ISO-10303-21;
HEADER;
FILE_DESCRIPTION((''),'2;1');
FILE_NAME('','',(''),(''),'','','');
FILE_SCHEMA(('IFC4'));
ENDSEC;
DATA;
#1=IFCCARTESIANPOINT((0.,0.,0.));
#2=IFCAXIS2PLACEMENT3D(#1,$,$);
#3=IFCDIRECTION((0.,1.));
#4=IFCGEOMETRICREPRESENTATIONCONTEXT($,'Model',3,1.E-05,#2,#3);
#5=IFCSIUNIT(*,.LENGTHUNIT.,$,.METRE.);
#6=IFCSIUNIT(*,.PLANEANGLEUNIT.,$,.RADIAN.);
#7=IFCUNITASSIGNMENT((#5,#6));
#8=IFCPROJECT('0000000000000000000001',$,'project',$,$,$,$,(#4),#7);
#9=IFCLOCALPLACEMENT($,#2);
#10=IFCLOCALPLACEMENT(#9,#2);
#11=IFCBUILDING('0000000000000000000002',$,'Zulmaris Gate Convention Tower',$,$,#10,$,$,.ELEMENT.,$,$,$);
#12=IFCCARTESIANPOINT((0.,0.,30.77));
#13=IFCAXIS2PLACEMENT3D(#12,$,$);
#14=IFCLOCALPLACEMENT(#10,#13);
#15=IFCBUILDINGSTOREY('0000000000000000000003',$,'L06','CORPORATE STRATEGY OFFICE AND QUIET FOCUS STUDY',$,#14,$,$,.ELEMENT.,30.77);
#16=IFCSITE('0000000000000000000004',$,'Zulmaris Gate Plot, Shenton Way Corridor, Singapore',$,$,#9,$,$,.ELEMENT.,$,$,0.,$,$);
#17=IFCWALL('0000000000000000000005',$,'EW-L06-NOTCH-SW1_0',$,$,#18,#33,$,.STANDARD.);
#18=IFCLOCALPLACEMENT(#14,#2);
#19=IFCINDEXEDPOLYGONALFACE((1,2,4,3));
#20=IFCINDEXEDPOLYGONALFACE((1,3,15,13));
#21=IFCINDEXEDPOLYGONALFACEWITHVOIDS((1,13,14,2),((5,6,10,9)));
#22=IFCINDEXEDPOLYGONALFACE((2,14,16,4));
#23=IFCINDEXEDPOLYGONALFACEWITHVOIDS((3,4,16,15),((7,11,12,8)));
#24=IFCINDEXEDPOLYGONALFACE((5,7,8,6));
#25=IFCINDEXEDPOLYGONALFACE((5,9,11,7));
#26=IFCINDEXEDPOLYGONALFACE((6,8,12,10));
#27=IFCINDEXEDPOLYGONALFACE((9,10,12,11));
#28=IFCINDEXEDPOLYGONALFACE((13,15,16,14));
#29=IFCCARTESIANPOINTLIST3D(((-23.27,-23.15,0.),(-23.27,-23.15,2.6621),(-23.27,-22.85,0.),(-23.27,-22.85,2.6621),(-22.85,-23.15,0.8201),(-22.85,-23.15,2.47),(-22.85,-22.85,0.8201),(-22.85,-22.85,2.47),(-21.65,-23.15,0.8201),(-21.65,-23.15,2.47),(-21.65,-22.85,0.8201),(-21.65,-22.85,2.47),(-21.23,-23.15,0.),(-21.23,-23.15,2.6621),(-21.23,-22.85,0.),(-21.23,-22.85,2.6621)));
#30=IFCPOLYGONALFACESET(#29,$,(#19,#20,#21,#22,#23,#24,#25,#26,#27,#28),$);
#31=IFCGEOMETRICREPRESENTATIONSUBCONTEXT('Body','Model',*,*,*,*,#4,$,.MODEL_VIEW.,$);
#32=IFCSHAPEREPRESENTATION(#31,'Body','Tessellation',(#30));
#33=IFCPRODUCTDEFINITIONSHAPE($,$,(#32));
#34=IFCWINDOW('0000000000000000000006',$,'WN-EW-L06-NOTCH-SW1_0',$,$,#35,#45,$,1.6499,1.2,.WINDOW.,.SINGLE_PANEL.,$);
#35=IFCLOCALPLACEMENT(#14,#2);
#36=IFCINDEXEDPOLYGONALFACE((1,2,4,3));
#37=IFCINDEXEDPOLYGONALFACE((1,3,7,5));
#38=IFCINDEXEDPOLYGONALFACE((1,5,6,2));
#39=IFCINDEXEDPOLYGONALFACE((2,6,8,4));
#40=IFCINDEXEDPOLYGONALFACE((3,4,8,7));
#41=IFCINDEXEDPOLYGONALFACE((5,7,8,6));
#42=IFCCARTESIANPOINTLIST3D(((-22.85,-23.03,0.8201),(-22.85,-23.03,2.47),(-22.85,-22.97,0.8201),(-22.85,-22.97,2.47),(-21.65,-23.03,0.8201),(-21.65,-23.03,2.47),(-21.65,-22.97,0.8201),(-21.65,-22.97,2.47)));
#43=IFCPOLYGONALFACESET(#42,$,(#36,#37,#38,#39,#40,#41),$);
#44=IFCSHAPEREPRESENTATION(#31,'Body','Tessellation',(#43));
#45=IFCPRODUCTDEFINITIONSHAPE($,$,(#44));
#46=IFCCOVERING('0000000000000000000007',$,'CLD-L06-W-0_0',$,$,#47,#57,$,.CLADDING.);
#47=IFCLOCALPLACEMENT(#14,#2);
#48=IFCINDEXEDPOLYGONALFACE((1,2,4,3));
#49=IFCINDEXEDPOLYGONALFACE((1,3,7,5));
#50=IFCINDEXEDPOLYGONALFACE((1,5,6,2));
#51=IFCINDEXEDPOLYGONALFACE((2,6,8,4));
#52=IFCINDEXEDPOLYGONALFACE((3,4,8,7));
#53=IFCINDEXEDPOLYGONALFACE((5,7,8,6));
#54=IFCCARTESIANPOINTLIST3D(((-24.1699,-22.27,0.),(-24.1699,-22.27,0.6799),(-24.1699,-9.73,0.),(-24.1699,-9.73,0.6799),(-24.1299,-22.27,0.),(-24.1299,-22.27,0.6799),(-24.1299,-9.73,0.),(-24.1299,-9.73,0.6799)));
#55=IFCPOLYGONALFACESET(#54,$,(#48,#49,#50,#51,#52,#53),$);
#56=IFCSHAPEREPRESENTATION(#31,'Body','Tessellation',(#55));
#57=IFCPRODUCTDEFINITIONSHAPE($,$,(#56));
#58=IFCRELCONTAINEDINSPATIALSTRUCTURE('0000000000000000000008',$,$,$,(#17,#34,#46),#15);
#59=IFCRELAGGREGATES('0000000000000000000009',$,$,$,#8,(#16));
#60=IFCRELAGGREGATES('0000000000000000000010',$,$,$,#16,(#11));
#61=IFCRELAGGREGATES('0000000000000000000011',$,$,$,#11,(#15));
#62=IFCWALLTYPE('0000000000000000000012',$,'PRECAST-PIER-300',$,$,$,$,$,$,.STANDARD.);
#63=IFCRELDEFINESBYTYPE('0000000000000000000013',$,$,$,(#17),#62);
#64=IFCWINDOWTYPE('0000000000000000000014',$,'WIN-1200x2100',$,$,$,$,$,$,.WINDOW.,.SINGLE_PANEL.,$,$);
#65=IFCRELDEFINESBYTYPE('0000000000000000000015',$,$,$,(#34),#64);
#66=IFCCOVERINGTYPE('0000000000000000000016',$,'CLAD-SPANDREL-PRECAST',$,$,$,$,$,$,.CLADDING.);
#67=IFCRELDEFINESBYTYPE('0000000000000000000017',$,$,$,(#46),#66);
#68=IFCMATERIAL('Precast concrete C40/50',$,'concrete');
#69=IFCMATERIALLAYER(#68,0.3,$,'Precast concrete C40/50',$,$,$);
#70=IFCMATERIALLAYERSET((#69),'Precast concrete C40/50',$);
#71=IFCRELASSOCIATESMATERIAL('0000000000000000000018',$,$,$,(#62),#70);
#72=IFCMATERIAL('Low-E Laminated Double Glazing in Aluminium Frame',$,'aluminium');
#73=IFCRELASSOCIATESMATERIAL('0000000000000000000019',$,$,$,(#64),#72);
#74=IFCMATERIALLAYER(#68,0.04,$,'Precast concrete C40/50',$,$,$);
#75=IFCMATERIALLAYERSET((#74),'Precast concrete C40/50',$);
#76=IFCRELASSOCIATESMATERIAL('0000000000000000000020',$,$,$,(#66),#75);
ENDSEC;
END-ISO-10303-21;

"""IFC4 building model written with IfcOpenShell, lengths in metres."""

from ifc_helpers import new_model, si_unit, direction, frame, frame_2d, origin, place, context, subcontext, project, spatial, rectangle, extrude, material, layer, layer_set, type_object, element, fill, save


model = new_model("IFC4")

# Units and contexts
model_context = context("Model", 3, precision=1e-05, world=origin(), true_north=direction((0.0, 1.0)))
body_context = subcontext(model_context, "Body", "Model", "MODEL_VIEW")
ifc_project = project(units=[si_unit("LENGTHUNIT", "METRE"), si_unit("PLANEANGLEUNIT", "RADIAN")], contexts=[model_context])

# Site, building, storey
site_placement = place(None, origin())
site = spatial("IfcSite", under=ifc_project, at=site_placement, Name="Zulmaris Gate Plot, Shenton Way Corridor, Singapore", CompositionType="ELEMENT", RefElevation=0.0)
building_placement = place(site_placement, origin())
building = spatial("IfcBuilding", under=site, at=building_placement, Name="Zulmaris Gate Convention Tower", CompositionType="ELEMENT")
storey_placement = place(building_placement, frame((0.0, 0.0, 30.77)))
storey = spatial("IfcBuildingStorey", under=building, at=storey_placement, Name="L06", Description="CORPORATE STRATEGY OFFICE AND QUIET FOCUS STUDY", CompositionType="ELEMENT", Elevation=30.77)

# Wall, opening, window
ifc_material_1 = material(Name="Precast concrete C40/50", Category="concrete")
ifc_layer_1 = layer(ifc_material_1, 0.3, Name="Precast concrete C40/50")
ifc_layer_set_1 = layer_set([ifc_layer_1], Name="Precast concrete C40/50")
wall_type_1 = type_object("IfcWallType", Name="PRECAST-PIER-300", PredefinedType="STANDARD", material=ifc_layer_set_1)
wall_1_placement = place(storey_placement, frame((-23.27, -23.0, 0.0), z_axis=(0.0, 0.0, 1.0), x_axis=(1.0, 0.0, 0.0)))
wall_1 = element("IfcWall", 1, at=wall_1_placement, inside=storey, type_object=wall_type_1, Name="EW-L06-NOTCH-SW1_0", PredefinedType="STANDARD", context=body_context, shape_type="SweptSolid", body=[
    extrude(rectangle(XDim=2.04, YDim=0.3, at=frame_2d((1.02, 0.0))), origin(), (0.0, 0.0, 1.0), 2.6621),
])
opening_1_placement = place(wall_1_placement, frame((0.4199, 0.0, 0.8201)))
opening_1 = element("IfcOpeningElement", 2, at=opening_1_placement, cuts=wall_1, PredefinedType="OPENING", context=body_context, shape_type="SweptSolid", body=[
    extrude(rectangle(XDim=1.2, YDim=1.6499, at=frame_2d((0.6001, 0.825))), frame((0.0, 0.1602, 0.0), z_axis=(0.0, -1.0, 0.0), x_axis=(1.0, 0.0, 0.0)), (0.0, 0.0, 1.0), 0.3201),
])
ifc_material_2 = material(Name="Low-E Laminated Double Glazing in Aluminium Frame", Category="aluminium")
window_type = type_object("IfcWindowType", Name="WIN-1200x2100", PartitioningType="SINGLE_PANEL", PredefinedType="WINDOW", material=ifc_material_2)
window_placement = place(opening_1_placement, origin())
window = element("IfcWindow", 3, at=window_placement, inside=storey, type_object=window_type, Name="WN-EW-L06-NOTCH-SW1_0", OverallHeight=1.6499, OverallWidth=1.2, PartitioningType="SINGLE_PANEL", PredefinedType="WINDOW", context=body_context, shape_type="SweptSolid", body=[
    extrude(rectangle(XDim=1.2, YDim=1.6499, at=frame_2d((0.6001, 0.825))), frame((0.0, 0.03, 0.0), z_axis=(0.0, -1.0, 0.0), x_axis=(1.0, 0.0, 0.0)), (0.0, 0.0, 1.0), 0.0601),
])
fill(opening_1, window)

# Covering
ifc_layer_2 = layer(ifc_material_1, 0.04, Name="Precast concrete C40/50")
ifc_layer_set_2 = layer_set([ifc_layer_2], Name="Precast concrete C40/50")
covering_type = type_object("IfcCoveringType", Name="CLAD-SPANDREL-PRECAST", PredefinedType="CLADDING", material=ifc_layer_set_2)
covering_placement = place(storey_placement, frame((-24.1499, -9.73, 0.0), z_axis=(0.0, 0.0, 1.0), x_axis=(0.0, -1.0, 0.0)))
element("IfcCovering", 4, at=covering_placement, inside=storey, type_object=covering_type, Name="CLD-L06-W-0_0", PredefinedType="CLADDING", context=body_context, shape_type="SweptSolid", body=[
    extrude(rectangle(XDim=12.54, YDim=0.04, at=frame_2d((6.27, 0.0))), origin(), (0.0, 0.0, 1.0), 0.6799),
])

save(model, "model.ifc")
